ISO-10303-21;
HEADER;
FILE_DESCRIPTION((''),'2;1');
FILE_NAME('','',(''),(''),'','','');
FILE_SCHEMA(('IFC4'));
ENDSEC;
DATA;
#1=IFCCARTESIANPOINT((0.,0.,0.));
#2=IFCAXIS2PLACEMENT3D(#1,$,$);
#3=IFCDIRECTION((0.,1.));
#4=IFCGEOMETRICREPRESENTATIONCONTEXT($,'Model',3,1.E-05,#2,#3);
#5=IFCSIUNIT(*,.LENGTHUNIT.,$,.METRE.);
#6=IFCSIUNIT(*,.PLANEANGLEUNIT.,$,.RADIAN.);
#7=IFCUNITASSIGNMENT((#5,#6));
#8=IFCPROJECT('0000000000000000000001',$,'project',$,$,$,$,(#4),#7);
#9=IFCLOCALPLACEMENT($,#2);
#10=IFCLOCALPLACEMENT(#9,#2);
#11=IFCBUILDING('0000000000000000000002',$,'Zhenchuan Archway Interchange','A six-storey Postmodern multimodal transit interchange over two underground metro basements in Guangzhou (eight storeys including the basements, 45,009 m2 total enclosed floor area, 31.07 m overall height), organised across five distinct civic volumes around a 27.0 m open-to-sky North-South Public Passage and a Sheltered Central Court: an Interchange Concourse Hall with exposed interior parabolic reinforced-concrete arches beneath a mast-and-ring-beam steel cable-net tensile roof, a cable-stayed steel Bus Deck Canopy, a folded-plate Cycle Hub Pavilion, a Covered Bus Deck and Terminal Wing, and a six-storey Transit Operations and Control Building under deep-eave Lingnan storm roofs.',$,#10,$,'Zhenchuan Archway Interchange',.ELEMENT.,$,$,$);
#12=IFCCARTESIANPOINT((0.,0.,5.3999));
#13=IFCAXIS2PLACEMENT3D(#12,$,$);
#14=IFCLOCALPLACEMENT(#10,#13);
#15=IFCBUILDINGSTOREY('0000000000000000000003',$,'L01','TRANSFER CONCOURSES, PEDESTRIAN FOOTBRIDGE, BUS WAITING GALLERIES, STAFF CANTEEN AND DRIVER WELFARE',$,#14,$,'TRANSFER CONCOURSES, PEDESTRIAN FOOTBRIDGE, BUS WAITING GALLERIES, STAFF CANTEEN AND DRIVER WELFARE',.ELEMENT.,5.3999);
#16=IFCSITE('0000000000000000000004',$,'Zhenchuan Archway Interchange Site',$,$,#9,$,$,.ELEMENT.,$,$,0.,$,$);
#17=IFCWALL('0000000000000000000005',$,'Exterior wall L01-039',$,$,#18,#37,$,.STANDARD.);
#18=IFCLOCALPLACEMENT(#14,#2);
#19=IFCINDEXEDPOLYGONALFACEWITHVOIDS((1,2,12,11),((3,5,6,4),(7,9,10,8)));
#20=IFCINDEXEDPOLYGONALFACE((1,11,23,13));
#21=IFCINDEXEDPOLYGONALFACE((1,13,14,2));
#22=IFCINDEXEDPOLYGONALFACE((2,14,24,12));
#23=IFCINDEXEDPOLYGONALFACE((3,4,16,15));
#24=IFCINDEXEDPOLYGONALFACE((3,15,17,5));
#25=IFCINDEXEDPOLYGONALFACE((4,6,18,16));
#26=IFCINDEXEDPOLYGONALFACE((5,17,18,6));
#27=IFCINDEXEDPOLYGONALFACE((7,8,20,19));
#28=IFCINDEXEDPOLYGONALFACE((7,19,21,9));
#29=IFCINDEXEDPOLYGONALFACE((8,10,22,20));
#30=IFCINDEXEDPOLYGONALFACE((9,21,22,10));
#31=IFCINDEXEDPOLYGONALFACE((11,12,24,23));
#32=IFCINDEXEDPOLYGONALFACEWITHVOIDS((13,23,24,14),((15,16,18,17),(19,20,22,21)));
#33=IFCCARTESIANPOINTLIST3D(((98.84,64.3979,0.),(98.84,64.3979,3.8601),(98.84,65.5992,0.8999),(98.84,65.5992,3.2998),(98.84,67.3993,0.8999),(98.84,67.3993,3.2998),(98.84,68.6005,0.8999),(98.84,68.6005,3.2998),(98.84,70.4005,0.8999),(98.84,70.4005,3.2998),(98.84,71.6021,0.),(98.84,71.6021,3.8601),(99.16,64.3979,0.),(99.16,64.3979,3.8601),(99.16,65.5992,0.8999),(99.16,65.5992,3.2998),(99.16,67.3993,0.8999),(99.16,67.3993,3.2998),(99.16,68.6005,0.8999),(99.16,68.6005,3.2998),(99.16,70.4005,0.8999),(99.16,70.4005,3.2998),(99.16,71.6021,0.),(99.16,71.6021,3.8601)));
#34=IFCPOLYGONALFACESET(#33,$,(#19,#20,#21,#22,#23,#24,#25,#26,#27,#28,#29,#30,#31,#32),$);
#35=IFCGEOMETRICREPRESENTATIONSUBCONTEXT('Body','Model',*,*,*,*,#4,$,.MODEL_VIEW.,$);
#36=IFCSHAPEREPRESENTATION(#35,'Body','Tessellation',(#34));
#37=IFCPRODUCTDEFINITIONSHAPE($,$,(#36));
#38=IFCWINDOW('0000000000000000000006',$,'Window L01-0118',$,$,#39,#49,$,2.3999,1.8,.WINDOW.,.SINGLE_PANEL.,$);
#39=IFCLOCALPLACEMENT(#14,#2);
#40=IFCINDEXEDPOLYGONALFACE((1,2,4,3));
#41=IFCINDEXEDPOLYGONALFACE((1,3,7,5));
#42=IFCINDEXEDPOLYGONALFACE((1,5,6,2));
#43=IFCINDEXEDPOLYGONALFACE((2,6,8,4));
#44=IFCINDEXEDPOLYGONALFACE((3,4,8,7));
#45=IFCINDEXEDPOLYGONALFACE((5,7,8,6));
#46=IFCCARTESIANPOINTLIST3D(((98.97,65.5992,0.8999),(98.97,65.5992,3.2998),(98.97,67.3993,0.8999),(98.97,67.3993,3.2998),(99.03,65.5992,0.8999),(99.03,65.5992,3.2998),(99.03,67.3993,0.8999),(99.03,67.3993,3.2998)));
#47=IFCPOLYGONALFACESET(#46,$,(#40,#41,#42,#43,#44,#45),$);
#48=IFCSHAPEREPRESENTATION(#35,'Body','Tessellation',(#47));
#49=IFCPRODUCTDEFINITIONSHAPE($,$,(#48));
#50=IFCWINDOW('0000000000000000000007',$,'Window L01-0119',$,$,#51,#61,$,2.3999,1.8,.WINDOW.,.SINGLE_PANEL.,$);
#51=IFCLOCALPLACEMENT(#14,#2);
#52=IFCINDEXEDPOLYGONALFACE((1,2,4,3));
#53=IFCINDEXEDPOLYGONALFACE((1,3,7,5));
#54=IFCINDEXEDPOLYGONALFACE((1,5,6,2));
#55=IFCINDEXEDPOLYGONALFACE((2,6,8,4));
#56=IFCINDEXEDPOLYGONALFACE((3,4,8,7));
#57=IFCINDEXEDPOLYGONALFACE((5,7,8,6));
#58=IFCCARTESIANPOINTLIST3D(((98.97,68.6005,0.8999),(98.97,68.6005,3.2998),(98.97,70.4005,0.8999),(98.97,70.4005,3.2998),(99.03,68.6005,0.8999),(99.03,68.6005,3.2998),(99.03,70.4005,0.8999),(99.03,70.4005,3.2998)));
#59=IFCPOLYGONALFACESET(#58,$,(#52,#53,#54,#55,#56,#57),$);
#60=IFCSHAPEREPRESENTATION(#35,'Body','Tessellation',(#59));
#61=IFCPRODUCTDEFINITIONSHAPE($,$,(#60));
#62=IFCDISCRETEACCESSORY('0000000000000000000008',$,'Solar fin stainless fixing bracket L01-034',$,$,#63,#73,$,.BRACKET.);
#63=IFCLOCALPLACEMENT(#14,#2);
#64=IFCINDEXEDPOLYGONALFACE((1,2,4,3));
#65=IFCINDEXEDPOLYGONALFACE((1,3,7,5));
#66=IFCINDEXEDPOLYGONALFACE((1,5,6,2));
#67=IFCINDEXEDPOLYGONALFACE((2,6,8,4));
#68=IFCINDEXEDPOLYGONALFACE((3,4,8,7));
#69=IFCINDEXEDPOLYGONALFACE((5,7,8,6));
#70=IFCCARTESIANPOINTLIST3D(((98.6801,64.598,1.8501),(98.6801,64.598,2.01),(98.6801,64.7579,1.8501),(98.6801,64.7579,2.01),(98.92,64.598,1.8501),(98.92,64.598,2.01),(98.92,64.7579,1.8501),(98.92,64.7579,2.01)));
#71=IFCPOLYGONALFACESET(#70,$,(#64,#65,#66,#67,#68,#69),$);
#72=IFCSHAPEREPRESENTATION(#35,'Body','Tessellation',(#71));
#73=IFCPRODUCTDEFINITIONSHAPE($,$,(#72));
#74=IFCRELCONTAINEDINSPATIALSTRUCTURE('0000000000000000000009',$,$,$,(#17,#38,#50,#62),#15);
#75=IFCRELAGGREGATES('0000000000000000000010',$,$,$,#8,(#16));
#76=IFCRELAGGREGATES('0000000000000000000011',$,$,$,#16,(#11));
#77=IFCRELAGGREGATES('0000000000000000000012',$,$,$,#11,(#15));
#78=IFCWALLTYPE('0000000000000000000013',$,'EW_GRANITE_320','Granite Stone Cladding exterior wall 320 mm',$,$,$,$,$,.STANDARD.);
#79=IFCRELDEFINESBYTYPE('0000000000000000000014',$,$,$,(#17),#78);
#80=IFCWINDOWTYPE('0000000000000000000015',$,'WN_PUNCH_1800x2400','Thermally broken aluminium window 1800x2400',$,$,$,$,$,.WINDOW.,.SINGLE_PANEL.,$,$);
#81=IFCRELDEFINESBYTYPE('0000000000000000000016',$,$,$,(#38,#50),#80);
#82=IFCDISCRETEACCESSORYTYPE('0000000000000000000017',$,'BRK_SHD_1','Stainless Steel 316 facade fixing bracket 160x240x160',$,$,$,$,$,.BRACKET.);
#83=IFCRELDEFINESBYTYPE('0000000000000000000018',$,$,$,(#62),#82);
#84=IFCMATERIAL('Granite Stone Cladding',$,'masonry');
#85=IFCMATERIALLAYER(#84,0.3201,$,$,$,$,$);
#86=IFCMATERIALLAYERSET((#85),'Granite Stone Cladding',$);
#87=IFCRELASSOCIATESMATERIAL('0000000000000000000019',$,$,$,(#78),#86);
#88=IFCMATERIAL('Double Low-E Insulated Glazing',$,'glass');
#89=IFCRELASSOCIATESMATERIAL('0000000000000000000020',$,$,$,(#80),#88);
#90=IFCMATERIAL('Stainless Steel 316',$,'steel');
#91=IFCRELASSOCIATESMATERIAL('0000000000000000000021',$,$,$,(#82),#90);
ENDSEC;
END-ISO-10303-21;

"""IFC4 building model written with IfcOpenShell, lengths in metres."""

from ifc_helpers import new_model, si_unit, direction, frame, frame_2d, origin, origin_2d, place, context, subcontext, project, spatial, rectangle, extrude, material, layer, layer_set, type_object, element, fill, save


model = new_model("IFC4")

# Units and contexts
model_context = context("Model", 3, precision=1e-05, world=origin(), true_north=direction((0.0, 1.0)))
body_context = subcontext(model_context, "Body", "Model", "MODEL_VIEW")
ifc_project = project(units=[si_unit("LENGTHUNIT", "METRE"), si_unit("PLANEANGLEUNIT", "RADIAN")], contexts=[model_context])

# Site, building, storey
site_placement = place(None, origin())
site = spatial("IfcSite", under=ifc_project, at=site_placement, Name="Zhenchuan Archway Interchange Site", CompositionType="ELEMENT", RefElevation=0.0)
building_placement = place(site_placement, origin())
building = spatial("IfcBuilding", under=site, at=building_placement, Name="Zhenchuan Archway Interchange", Description="A six-storey Postmodern multimodal transit interchange over two underground metro basements in Guangzhou (eight storeys including the basements, 45,009 m2 total enclosed floor area, 31.07 m overall height), organised across five distinct civic volumes around a 27.0 m open-to-sky North-South Public Passage and a Sheltered Central Court: an Interchange Concourse Hall with exposed interior parabolic reinforced-concrete arches beneath a mast-and-ring-beam steel cable-net tensile roof, a cable-stayed steel Bus Deck Canopy, a folded-plate Cycle Hub Pavilion, a Covered Bus Deck and Terminal Wing, and a six-storey Transit Operations and Control Building under deep-eave Lingnan storm roofs.", LongName="Zhenchuan Archway Interchange", CompositionType="ELEMENT")
storey_placement = place(building_placement, frame((0.0, 0.0, 5.3999)))
storey = spatial("IfcBuildingStorey", under=building, at=storey_placement, Name="L01", Description="TRANSFER CONCOURSES, PEDESTRIAN FOOTBRIDGE, BUS WAITING GALLERIES, STAFF CANTEEN AND DRIVER WELFARE", LongName="TRANSFER CONCOURSES, PEDESTRIAN FOOTBRIDGE, BUS WAITING GALLERIES, STAFF CANTEEN AND DRIVER WELFARE", CompositionType="ELEMENT", Elevation=5.3999)

# Shared definitions
ifc_material_1 = material(Name="Double Low-E Insulated Glazing", Category="glass")

# Wall, openings, windows
ifc_material_2 = material(Name="Granite Stone Cladding", Category="masonry")
ifc_layer_1 = layer(ifc_material_2, 0.3201)
ifc_layer_set_1 = layer_set([ifc_layer_1], Name="Granite Stone Cladding")
wall_type = type_object("IfcWallType", Name="EW_GRANITE_320", Description="Granite Stone Cladding exterior wall 320 mm", PredefinedType="STANDARD", material=ifc_layer_set_1)
wall_placement = place(storey_placement, frame((99.0, 64.3979, 0.0), z_axis=(0.0, 0.0, 1.0), x_axis=(0.0, 1.0, 0.0)))
wall = element("IfcWall", 1, at=wall_placement, inside=storey, type_object=wall_type, Name="Exterior wall L01-039", PredefinedType="STANDARD", context=body_context, shape_type="SweptSolid", body=[
    extrude(rectangle(XDim=7.2041, YDim=0.3201, at=frame_2d((3.6021, 0.0))), origin(), (0.0, 0.0, 1.0), 3.8601),
])
opening_1_placement = place(wall_placement, frame((1.2014, 0.0, 0.8999)))
opening_1 = element("IfcOpeningElement", 2, at=opening_1_placement, cuts=wall, PredefinedType="OPENING", context=body_context, shape_type="SweptSolid", body=[
    extrude(rectangle(XDim=1.8, YDim=2.3999, at=frame_2d((0.8999, 1.2))), frame((0.0, 0.1719, 0.0), z_axis=(0.0, -1.0, 0.0), x_axis=(1.0, 0.0, 0.0)), (0.0, 0.0, 1.0), 0.344),
])
opening_2_placement = place(wall_placement, frame((4.2026, 0.0, 0.8999)))
opening_2 = element("IfcOpeningElement", 3, at=opening_2_placement, cuts=wall, PredefinedType="OPENING", context=body_context, shape_type="SweptSolid", body=[
    extrude(rectangle(XDim=1.8, YDim=2.3999, at=frame_2d((0.8999, 1.2))), frame((0.0, 0.1719, 0.0), z_axis=(0.0, -1.0, 0.0), x_axis=(1.0, 0.0, 0.0)), (0.0, 0.0, 1.0), 0.344),
])
window_type = type_object("IfcWindowType", Name="WN_PUNCH_1800x2400", Description="Thermally broken aluminium window 1800x2400", PartitioningType="SINGLE_PANEL", PredefinedType="WINDOW", material=ifc_material_1)
window_1_placement = place(opening_1_placement, origin())
window_1 = element("IfcWindow", 4, at=window_1_placement, inside=storey, type_object=window_type, Name="Window L01-0118", OverallHeight=2.3999, OverallWidth=1.8, PartitioningType="SINGLE_PANEL", PredefinedType="WINDOW", context=body_context, shape_type="SweptSolid", body=[
    extrude(rectangle(XDim=1.8, YDim=2.3999, at=frame_2d((0.8999, 1.2))), frame((0.0, 0.03, 0.0), z_axis=(0.0, -1.0, 0.0), x_axis=(1.0, 0.0, 0.0)), (0.0, 0.0, 1.0), 0.0601),
])
fill(opening_1, window_1)
window_2_placement = place(opening_2_placement, origin())
window_2 = element("IfcWindow", 5, at=window_2_placement, inside=storey, type_object=window_type, Name="Window L01-0119", OverallHeight=2.3999, OverallWidth=1.8, PartitioningType="SINGLE_PANEL", PredefinedType="WINDOW", context=body_context, shape_type="SweptSolid", body=[
    extrude(rectangle(XDim=1.8, YDim=2.3999, at=frame_2d((0.8999, 1.2))), frame((0.0, 0.03, 0.0), z_axis=(0.0, -1.0, 0.0), x_axis=(1.0, 0.0, 0.0)), (0.0, 0.0, 1.0), 0.0601),
])
fill(opening_2, window_2)

# Discrete accessory
ifc_material_3 = material(Name="Stainless Steel 316", Category="steel")
discrete_accessory_type = type_object("IfcDiscreteAccessoryType", Name="BRK_SHD_1", Description="Stainless Steel 316 facade fixing bracket 160x240x160", PredefinedType="BRACKET", material=ifc_material_3)
discrete_accessory_placement = place(storey_placement, frame((98.8, 64.678, 1.8501), z_axis=(0.0, 0.0, 1.0), x_axis=(0.0, 1.0, 0.0)))
element("IfcDiscreteAccessory", 6, at=discrete_accessory_placement, inside=storey, type_object=discrete_accessory_type, Name="Solar fin stainless fixing bracket L01-034", PredefinedType="BRACKET", context=body_context, shape_type="SweptSolid", body=[
    extrude(rectangle(XDim=0.1599, YDim=0.24, at=origin_2d()), origin(), (0.0, 0.0, 1.0), 0.1599),
])

save(model, "model.ifc")
